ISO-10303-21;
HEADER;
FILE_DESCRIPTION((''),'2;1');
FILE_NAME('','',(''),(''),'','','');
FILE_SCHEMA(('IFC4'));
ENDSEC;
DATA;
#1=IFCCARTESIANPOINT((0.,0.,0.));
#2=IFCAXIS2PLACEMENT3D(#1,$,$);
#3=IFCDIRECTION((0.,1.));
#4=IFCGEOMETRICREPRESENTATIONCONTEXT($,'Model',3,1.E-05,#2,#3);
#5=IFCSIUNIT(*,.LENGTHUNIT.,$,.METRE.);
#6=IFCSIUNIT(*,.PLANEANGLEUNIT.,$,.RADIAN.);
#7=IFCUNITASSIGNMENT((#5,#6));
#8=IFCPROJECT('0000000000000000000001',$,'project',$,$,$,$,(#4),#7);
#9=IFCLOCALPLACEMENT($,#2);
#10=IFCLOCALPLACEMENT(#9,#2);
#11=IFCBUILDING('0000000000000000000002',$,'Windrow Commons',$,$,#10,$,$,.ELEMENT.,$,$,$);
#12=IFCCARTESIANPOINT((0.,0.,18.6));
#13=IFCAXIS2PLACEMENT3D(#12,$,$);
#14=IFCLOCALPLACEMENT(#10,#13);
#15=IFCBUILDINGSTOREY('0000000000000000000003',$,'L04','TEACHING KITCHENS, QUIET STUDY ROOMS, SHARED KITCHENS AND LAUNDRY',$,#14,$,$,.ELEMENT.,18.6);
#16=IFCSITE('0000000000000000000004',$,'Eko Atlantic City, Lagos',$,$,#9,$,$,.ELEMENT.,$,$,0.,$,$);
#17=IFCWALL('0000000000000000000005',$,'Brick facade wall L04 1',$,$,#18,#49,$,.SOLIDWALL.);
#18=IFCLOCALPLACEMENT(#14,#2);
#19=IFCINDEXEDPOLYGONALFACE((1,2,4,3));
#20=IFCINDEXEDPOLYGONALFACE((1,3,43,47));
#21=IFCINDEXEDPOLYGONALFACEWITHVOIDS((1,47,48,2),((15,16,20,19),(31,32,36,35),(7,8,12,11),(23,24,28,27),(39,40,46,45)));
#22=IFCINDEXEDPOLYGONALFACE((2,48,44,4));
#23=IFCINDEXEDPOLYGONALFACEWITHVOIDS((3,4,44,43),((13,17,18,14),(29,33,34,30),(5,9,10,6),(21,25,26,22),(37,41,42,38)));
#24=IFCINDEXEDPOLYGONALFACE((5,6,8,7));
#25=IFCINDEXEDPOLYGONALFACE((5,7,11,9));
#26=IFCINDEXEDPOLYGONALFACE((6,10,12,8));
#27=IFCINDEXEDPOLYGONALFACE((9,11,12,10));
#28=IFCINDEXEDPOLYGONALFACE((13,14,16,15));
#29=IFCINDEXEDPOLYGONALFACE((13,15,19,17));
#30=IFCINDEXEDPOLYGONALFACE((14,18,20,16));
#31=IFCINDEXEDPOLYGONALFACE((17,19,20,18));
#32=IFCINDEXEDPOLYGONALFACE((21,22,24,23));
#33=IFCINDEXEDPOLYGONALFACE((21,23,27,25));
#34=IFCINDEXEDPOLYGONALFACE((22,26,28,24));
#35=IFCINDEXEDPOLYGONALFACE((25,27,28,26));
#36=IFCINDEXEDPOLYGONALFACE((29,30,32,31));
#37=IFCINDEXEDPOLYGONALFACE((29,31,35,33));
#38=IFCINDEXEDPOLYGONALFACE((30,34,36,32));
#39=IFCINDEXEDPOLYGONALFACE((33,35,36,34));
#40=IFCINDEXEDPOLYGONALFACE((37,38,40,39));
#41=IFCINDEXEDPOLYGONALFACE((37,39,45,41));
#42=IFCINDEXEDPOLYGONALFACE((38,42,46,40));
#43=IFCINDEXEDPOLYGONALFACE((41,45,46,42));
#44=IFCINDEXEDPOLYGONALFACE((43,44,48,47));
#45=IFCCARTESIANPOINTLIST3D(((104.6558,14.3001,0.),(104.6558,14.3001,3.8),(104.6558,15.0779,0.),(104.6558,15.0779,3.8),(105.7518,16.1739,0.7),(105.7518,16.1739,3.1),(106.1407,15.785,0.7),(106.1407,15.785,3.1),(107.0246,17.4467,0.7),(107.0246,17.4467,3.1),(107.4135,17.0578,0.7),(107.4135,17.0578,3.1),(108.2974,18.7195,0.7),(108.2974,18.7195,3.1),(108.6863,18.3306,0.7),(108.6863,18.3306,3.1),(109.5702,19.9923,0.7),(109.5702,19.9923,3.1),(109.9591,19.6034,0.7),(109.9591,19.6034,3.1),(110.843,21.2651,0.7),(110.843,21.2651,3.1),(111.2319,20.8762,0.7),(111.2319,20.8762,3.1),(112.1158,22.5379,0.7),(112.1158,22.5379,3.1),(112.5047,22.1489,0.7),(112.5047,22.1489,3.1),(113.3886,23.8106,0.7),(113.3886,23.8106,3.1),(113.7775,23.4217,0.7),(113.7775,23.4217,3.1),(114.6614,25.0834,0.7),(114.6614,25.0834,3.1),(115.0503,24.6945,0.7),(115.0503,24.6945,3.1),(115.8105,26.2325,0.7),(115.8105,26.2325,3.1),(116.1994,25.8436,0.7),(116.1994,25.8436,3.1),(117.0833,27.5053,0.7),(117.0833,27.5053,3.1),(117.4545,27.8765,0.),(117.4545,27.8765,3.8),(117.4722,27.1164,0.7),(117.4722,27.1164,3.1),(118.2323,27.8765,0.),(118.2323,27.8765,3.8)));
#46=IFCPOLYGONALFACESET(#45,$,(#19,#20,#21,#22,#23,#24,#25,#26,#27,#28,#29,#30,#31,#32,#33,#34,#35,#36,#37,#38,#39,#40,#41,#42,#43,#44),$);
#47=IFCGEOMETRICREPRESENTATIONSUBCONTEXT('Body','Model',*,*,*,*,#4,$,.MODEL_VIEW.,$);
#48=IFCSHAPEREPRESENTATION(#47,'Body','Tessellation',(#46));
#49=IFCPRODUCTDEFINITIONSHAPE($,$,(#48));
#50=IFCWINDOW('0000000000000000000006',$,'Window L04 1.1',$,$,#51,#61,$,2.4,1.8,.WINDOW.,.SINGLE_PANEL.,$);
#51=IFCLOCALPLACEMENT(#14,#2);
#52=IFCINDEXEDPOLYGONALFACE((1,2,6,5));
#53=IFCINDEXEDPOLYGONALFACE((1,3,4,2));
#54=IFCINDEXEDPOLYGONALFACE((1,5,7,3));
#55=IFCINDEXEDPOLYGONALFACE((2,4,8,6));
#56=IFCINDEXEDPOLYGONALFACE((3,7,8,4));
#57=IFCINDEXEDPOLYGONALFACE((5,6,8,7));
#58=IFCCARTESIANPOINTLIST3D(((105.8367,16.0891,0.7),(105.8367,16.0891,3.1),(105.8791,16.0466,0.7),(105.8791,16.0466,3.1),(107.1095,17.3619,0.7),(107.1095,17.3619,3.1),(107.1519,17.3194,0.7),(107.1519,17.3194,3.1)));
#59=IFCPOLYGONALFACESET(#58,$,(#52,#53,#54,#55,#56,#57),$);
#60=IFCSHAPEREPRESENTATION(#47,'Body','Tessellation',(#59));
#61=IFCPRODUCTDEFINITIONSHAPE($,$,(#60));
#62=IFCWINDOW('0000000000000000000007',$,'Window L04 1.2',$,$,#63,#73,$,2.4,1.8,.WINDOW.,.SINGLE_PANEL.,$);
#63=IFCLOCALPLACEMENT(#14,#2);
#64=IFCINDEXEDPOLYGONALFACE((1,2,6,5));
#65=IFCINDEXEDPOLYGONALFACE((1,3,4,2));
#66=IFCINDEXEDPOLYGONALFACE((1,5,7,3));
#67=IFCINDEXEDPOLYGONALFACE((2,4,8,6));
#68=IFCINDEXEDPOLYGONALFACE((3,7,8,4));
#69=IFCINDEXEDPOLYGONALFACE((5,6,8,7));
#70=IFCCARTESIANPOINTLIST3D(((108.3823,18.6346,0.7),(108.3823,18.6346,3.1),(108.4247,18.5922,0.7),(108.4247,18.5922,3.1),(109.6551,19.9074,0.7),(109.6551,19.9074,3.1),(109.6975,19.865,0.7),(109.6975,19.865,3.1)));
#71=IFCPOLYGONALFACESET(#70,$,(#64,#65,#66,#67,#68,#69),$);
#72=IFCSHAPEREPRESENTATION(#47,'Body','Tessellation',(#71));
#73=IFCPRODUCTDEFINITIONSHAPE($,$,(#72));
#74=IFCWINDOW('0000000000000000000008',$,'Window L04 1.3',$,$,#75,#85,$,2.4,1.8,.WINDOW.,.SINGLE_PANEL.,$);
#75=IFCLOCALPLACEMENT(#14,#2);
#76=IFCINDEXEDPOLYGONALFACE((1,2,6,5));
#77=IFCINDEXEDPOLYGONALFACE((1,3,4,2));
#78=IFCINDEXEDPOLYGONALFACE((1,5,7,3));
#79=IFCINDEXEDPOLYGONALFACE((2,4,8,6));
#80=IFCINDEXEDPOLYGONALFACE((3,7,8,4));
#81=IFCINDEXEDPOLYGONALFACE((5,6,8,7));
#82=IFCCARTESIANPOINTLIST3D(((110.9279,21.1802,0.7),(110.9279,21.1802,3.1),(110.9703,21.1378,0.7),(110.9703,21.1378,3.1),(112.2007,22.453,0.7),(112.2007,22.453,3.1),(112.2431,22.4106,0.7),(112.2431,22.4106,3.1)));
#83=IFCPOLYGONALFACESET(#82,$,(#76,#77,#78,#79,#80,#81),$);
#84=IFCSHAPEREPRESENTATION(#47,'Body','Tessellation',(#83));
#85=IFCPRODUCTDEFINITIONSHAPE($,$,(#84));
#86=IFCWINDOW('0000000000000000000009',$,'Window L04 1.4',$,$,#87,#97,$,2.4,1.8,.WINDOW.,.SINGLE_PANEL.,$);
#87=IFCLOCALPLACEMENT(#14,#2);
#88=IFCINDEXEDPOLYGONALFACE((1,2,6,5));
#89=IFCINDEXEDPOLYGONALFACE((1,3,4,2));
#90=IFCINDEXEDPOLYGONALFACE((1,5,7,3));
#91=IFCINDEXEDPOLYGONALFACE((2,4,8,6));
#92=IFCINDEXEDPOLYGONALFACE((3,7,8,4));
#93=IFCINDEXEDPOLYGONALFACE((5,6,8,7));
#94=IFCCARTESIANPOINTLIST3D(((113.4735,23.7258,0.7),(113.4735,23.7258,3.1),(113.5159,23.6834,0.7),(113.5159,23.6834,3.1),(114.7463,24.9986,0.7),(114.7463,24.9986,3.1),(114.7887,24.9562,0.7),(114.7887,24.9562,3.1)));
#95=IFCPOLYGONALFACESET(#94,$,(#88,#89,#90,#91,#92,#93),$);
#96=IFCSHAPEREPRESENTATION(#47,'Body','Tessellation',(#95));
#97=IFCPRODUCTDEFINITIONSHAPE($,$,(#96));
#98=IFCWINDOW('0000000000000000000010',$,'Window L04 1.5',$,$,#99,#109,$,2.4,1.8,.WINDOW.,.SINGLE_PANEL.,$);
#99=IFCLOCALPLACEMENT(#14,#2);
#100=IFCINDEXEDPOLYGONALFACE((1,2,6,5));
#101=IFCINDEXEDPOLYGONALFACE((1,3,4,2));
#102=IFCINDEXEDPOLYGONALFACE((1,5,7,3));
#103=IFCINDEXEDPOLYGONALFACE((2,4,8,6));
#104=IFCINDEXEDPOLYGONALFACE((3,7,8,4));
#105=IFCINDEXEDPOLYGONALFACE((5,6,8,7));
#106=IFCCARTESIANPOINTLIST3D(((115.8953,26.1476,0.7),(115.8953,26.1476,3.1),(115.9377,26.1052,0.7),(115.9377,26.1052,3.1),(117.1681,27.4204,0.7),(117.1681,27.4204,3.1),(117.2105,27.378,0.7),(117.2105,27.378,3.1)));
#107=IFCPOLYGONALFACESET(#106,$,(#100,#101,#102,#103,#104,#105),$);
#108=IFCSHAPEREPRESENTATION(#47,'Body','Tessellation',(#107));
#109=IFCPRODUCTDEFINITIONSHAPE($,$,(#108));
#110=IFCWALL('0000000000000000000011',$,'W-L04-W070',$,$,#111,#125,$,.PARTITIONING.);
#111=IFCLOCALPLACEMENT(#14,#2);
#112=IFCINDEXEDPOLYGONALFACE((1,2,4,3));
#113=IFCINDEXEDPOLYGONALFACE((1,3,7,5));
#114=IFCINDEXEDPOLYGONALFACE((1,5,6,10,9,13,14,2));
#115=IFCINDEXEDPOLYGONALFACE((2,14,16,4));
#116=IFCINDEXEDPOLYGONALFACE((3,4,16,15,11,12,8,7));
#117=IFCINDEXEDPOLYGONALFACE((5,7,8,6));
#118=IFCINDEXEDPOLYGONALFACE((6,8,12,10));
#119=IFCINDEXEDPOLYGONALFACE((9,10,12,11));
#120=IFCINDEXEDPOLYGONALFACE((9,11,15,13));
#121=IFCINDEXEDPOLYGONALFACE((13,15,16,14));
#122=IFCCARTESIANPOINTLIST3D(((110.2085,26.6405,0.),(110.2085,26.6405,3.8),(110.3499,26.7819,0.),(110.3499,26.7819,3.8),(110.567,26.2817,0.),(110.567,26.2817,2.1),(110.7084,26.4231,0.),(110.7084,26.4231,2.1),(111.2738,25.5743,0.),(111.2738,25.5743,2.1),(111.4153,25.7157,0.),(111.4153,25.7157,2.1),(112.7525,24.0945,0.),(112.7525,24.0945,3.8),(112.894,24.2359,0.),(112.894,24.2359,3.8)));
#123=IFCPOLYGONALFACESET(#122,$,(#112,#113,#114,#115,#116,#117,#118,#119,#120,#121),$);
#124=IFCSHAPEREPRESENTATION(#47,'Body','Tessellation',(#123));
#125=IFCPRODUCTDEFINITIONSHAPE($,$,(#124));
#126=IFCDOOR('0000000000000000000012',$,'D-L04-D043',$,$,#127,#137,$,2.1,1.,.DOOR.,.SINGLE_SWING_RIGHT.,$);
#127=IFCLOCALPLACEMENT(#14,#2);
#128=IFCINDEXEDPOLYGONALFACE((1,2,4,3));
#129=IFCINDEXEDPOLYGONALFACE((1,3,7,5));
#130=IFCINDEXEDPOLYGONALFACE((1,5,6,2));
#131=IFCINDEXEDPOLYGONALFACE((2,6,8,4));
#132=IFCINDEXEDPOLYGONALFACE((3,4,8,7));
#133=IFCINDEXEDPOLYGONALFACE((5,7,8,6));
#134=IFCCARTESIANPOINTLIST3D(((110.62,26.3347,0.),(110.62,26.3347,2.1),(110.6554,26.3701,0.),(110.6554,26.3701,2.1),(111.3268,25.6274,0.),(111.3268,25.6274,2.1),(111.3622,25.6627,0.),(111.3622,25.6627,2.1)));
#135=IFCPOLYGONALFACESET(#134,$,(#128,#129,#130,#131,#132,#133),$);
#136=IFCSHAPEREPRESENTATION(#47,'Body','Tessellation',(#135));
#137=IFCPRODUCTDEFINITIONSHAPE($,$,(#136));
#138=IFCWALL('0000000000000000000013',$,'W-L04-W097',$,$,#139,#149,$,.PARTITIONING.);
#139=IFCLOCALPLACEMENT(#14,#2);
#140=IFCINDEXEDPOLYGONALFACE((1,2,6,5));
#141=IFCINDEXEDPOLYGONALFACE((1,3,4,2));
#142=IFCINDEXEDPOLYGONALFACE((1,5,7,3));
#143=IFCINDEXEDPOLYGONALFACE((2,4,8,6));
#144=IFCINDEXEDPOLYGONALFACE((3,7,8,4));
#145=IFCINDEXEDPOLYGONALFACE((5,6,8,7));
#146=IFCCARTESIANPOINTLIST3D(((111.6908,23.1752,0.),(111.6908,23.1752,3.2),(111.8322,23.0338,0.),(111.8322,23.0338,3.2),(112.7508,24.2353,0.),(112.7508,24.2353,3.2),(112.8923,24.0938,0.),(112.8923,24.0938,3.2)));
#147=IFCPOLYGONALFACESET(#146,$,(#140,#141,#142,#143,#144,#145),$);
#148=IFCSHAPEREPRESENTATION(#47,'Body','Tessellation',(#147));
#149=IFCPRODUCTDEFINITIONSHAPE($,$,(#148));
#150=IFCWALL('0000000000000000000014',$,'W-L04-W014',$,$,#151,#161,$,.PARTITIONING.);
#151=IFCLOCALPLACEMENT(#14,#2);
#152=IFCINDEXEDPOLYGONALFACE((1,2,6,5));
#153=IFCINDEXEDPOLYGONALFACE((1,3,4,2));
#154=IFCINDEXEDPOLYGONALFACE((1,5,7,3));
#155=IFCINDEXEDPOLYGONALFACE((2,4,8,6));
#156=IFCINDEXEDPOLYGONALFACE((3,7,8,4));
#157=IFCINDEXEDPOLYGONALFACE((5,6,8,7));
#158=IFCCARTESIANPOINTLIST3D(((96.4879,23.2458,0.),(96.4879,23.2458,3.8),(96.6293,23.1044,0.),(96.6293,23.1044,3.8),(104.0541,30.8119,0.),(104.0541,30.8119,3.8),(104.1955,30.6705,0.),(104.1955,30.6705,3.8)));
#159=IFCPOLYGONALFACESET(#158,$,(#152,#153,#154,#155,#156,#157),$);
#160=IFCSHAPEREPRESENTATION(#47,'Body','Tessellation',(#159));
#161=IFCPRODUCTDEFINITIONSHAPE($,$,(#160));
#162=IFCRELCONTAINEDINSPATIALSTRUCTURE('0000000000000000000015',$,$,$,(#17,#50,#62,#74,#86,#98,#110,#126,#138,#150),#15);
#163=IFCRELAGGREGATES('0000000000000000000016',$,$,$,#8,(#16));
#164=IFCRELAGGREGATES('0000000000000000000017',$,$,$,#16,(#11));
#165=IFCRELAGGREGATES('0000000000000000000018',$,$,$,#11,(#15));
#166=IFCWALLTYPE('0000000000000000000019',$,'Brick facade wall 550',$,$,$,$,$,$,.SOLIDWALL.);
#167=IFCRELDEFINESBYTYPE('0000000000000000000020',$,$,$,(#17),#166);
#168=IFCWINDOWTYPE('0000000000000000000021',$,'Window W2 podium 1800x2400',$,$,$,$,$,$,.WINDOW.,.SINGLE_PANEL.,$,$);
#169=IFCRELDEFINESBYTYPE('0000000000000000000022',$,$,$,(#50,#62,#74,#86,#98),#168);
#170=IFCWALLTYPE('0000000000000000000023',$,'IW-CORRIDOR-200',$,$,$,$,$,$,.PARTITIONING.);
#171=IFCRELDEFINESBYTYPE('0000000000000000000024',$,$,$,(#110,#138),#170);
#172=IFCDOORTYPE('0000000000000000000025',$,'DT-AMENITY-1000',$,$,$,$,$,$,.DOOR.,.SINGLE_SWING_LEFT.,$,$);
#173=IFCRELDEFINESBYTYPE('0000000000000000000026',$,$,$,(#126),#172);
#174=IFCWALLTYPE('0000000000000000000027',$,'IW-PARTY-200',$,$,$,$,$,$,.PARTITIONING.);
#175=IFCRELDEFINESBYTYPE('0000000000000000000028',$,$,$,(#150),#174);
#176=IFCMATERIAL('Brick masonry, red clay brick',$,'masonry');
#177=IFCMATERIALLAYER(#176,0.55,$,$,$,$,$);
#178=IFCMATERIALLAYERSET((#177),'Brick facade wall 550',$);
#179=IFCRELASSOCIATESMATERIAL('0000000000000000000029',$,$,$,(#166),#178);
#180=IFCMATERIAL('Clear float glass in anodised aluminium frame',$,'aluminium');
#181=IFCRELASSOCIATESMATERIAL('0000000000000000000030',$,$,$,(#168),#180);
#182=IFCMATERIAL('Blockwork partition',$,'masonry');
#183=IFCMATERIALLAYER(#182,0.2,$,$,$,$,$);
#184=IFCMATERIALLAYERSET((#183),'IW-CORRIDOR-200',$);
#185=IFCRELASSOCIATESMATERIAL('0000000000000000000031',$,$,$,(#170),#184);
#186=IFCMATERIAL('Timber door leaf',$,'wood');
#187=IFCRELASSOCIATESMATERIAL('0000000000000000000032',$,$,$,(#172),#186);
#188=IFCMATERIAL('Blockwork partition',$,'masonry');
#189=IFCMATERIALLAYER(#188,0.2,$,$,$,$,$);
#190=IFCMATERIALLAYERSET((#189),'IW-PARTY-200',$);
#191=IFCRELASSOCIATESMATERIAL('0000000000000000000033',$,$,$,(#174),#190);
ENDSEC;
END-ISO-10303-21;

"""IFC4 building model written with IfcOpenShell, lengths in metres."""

from ifc_helpers import new_model, si_unit, direction, frame, frame_2d, origin, place, context, subcontext, project, spatial, polyline, rectangle, outline, extrude, material, layer, layer_set, type_object, element, fill, save


model = new_model("IFC4")

# Units and contexts
model_context = context("Model", 3, precision=1e-05, world=origin(), true_north=direction((0.0, 1.0)))
body_context = subcontext(model_context, "Body", "Model", "MODEL_VIEW")
ifc_project = project(units=[si_unit("LENGTHUNIT", "METRE"), si_unit("PLANEANGLEUNIT", "RADIAN")], contexts=[model_context])

# Site, building, storey
site_placement = place(None, origin())
site = spatial("IfcSite", under=ifc_project, at=site_placement, Name="Eko Atlantic City, Lagos", CompositionType="ELEMENT", RefElevation=0.0)
building_placement = place(site_placement, origin())
building = spatial("IfcBuilding", under=site, at=building_placement, Name="Windrow Commons", CompositionType="ELEMENT")
storey_placement = place(building_placement, frame((0.0, 0.0, 18.6)))
storey = spatial("IfcBuildingStorey", under=building, at=storey_placement, Name="L04", Description="TEACHING KITCHENS, QUIET STUDY ROOMS, SHARED KITCHENS AND LAUNDRY", CompositionType="ELEMENT", Elevation=18.6)

# Wall, openings, windows
ifc_material_1 = material(Name="Brick masonry, red clay brick", Category="masonry")
ifc_layer_1 = layer(ifc_material_1, 0.55)
ifc_layer_set_1 = layer_set([ifc_layer_1], Name="Brick facade wall 550")
wall_type_1 = type_object("IfcWallType", Name="Brick facade wall 550", PredefinedType="SOLIDWALL", material=ifc_layer_set_1)
wall_1_placement = place(storey_placement, frame((104.6558, 14.689, 0.0), z_axis=(0.0, 0.0, 1.0), x_axis=(0.707109, 0.707104, 0.0)))
wall_1 = element("IfcWall", 1, at=wall_1_placement, inside=storey, type_object=wall_type_1, Name="Brick facade wall L04 1", PredefinedType="SOLIDWALL", context=body_context, shape_type="SweptSolid", body=[
    extrude(outline(polyline([(-0.275, -0.275), (18.925, -0.275), (18.375, 0.275), (0.275, 0.275), (-0.275, -0.275)])), origin(), (0.0, 0.0, 1.0), 3.8),
])
opening_1_placement = place(wall_1_placement, frame((1.825, 0.0, 0.7)))
opening_1 = element("IfcOpeningElement", 2, at=opening_1_placement, cuts=wall_1, PredefinedType="OPENING", context=body_context, shape_type="SweptSolid", body=[
    extrude(rectangle(XDim=1.8, YDim=2.4, at=frame_2d((0.9, 1.2))), frame((0.0, 0.285, 0.0), z_axis=(0.0, -1.0, 0.0), x_axis=(1.0, 0.0, 0.0)), (0.0, 0.0, 1.0), 0.57),
])
opening_2_placement = place(wall_1_placement, frame((5.425, 0.0, 0.7)))
opening_2 = element("IfcOpeningElement", 3, at=opening_2_placement, cuts=wall_1, PredefinedType="OPENING", context=body_context, shape_type="SweptSolid", body=[
    extrude(rectangle(XDim=1.8, YDim=2.4, at=frame_2d((0.9, 1.2))), frame((0.0, 0.285, 0.0), z_axis=(0.0, -1.0, 0.0), x_axis=(1.0, 0.0, 0.0)), (0.0, 0.0, 1.0), 0.57),
])
opening_3_placement = place(wall_1_placement, frame((9.025, 0.0, 0.7)))
opening_3 = element("IfcOpeningElement", 4, at=opening_3_placement, cuts=wall_1, PredefinedType="OPENING", context=body_context, shape_type="SweptSolid", body=[
    extrude(rectangle(XDim=1.8, YDim=2.4, at=frame_2d((0.9, 1.2))), frame((0.0, 0.285, 0.0), z_axis=(0.0, -1.0, 0.0), x_axis=(1.0, 0.0, 0.0)), (0.0, 0.0, 1.0), 0.57),
])
opening_4_placement = place(wall_1_placement, frame((12.625, 0.0, 0.7)))
opening_4 = element("IfcOpeningElement", 5, at=opening_4_placement, cuts=wall_1, PredefinedType="OPENING", context=body_context, shape_type="SweptSolid", body=[
    extrude(rectangle(XDim=1.8, YDim=2.4, at=frame_2d((0.9, 1.2))), frame((0.0, 0.285, 0.0), z_axis=(0.0, -1.0, 0.0), x_axis=(1.0, 0.0, 0.0)), (0.0, 0.0, 1.0), 0.57),
])
opening_5_placement = place(wall_1_placement, frame((16.05, 0.0, 0.7)))
opening_5 = element("IfcOpeningElement", 6, at=opening_5_placement, cuts=wall_1, PredefinedType="OPENING", context=body_context, shape_type="SweptSolid", body=[
    extrude(rectangle(XDim=1.8, YDim=2.4, at=frame_2d((0.9, 1.2))), frame((0.0, 0.285, 0.0), z_axis=(0.0, -1.0, 0.0), x_axis=(1.0, 0.0, 0.0)), (0.0, 0.0, 1.0), 0.57),
])
ifc_material_2 = material(Name="Clear float glass in anodised aluminium frame", Category="aluminium")
window_type = type_object("IfcWindowType", Name="Window W2 podium 1800x2400", PartitioningType="SINGLE_PANEL", PredefinedType="WINDOW", material=ifc_material_2)
window_1_placement = place(opening_1_placement, origin())
window_1 = element("IfcWindow", 7, at=window_1_placement, inside=storey, type_object=window_type, Name="Window L04 1.1", OverallHeight=2.4, OverallWidth=1.8, PartitioningType="SINGLE_PANEL", PredefinedType="WINDOW", context=body_context, shape_type="SweptSolid", body=[
    extrude(rectangle(XDim=1.8, YDim=2.4, at=frame_2d((0.9, 1.2))), frame((0.0, 0.155, 0.0), z_axis=(0.0, -1.0, 0.0), x_axis=(1.0, 0.0, 0.0)), (0.0, 0.0, 1.0), 0.06),
])
fill(opening_1, window_1)
window_2_placement = place(opening_2_placement, origin())
window_2 = element("IfcWindow", 8, at=window_2_placement, inside=storey, type_object=window_type, Name="Window L04 1.2", OverallHeight=2.4, OverallWidth=1.8, PartitioningType="SINGLE_PANEL", PredefinedType="WINDOW", context=body_context, shape_type="SweptSolid", body=[
    extrude(rectangle(XDim=1.8, YDim=2.4, at=frame_2d((0.9, 1.2))), frame((0.0, 0.155, 0.0), z_axis=(0.0, -1.0, 0.0), x_axis=(1.0, 0.0, 0.0)), (0.0, 0.0, 1.0), 0.06),
])
fill(opening_2, window_2)
window_3_placement = place(opening_3_placement, origin())
window_3 = element("IfcWindow", 9, at=window_3_placement, inside=storey, type_object=window_type, Name="Window L04 1.3", OverallHeight=2.4, OverallWidth=1.8, PartitioningType="SINGLE_PANEL", PredefinedType="WINDOW", context=body_context, shape_type="SweptSolid", body=[
    extrude(rectangle(XDim=1.8, YDim=2.4, at=frame_2d((0.9, 1.2))), frame((0.0, 0.155, 0.0), z_axis=(0.0, -1.0, 0.0), x_axis=(1.0, 0.0, 0.0)), (0.0, 0.0, 1.0), 0.06),
])
fill(opening_3, window_3)
window_4_placement = place(opening_4_placement, origin())
window_4 = element("IfcWindow", 10, at=window_4_placement, inside=storey, type_object=window_type, Name="Window L04 1.4", OverallHeight=2.4, OverallWidth=1.8, PartitioningType="SINGLE_PANEL", PredefinedType="WINDOW", context=body_context, shape_type="SweptSolid", body=[
    extrude(rectangle(XDim=1.8, YDim=2.4, at=frame_2d((0.9, 1.2))), frame((0.0, 0.155, 0.0), z_axis=(0.0, -1.0, 0.0), x_axis=(1.0, 0.0, 0.0)), (0.0, 0.0, 1.0), 0.06),
])
fill(opening_4, window_4)
window_5_placement = place(opening_5_placement, origin())
window_5 = element("IfcWindow", 11, at=window_5_placement, inside=storey, type_object=window_type, Name="Window L04 1.5", OverallHeight=2.4, OverallWidth=1.8, PartitioningType="SINGLE_PANEL", PredefinedType="WINDOW", context=body_context, shape_type="SweptSolid", body=[
    extrude(rectangle(XDim=1.8, YDim=2.4, at=frame_2d((0.9, 1.2))), frame((0.0, 0.155, 0.0), z_axis=(0.0, -1.0, 0.0), x_axis=(1.0, 0.0, 0.0)), (0.0, 0.0, 1.0), 0.06),
])
fill(opening_5, window_5)

# Wall, opening, door
ifc_material_3 = material(Name="Blockwork partition", Category="masonry")
ifc_layer_2 = layer(ifc_material_3, 0.2)
ifc_layer_set_2 = layer_set([ifc_layer_2], Name="IW-CORRIDOR-200")
wall_type_2 = type_object("IfcWallType", Name="IW-CORRIDOR-200", PredefinedType="PARTITIONING", material=ifc_layer_set_2)
wall_2_placement = place(storey_placement, frame((110.2792, 26.7112, 0.0), z_axis=(0.0, 0.0, 1.0), x_axis=(0.706829, -0.707385, 0.0)))
wall_2 = element("IfcWall", 12, at=wall_2_placement, inside=storey, type_object=wall_type_2, Name="W-L04-W070", PredefinedType="PARTITIONING", context=body_context, shape_type="SweptSolid", body=[
    extrude(rectangle(XDim=3.5992, YDim=0.2, at=frame_2d((1.7996, 0.0))), origin(), (0.0, 0.0, 1.0), 3.8),
])
opening_6_placement = place(wall_2_placement, frame((0.5072, 0.0, 0.0)))
opening_6 = element("IfcOpeningElement", 13, at=opening_6_placement, cuts=wall_2, PredefinedType="OPENING", context=body_context, shape_type="SweptSolid", body=[
    extrude(rectangle(XDim=1.0, YDim=2.1, at=frame_2d((0.5, 1.05))), frame((0.0, 0.11, 0.0), z_axis=(0.0, -1.0, 0.0), x_axis=(1.0, 0.0, 0.0)), (0.0, 0.0, 1.0), 0.22),
])
ifc_material_4 = material(Name="Timber door leaf", Category="wood")
door_type = type_object("IfcDoorType", Name="DT-AMENITY-1000", OperationType="SINGLE_SWING_LEFT", PredefinedType="DOOR", material=ifc_material_4)
door_placement = place(opening_6_placement, origin())
door = element("IfcDoor", 14, at=door_placement, inside=storey, type_object=door_type, Name="D-L04-D043", OperationType="SINGLE_SWING_RIGHT", OverallHeight=2.1, OverallWidth=1.0, PredefinedType="DOOR", context=body_context, shape_type="SweptSolid", body=[
    extrude(rectangle(XDim=1.0, YDim=2.1, at=frame_2d((0.5, 1.05))), frame((0.0, 0.025, 0.0), z_axis=(0.0, -1.0, 0.0), x_axis=(1.0, 0.0, 0.0)), (0.0, 0.0, 1.0), 0.05),
])
fill(opening_6, door)

# Walls
wall_3_placement = place(storey_placement, frame((111.7615, 23.1045, 0.0), z_axis=(0.0, 0.0, 1.0), x_axis=(0.707107, 0.707107, 0.0)))
element("IfcWall", 15, at=wall_3_placement, inside=storey, type_object=wall_type_2, Name="W-L04-W097", PredefinedType="PARTITIONING", context=body_context, shape_type="SweptSolid", body=[
    extrude(rectangle(XDim=1.4991, YDim=0.2, at=frame_2d((0.7496, 0.0))), origin(), (0.0, 0.0, 1.0), 3.2),
])
ifc_material_5 = material(Name="Blockwork partition", Category="masonry")
ifc_layer_3 = layer(ifc_material_5, 0.2)
ifc_layer_set_3 = layer_set([ifc_layer_3], Name="IW-PARTY-200")
wall_type_3 = type_object("IfcWallType", Name="IW-PARTY-200", PredefinedType="PARTITIONING", material=ifc_layer_set_3)
wall_4_placement = place(storey_placement, frame((96.5586, 23.1751, 0.0), z_axis=(0.0, 0.0, 1.0), x_axis=(0.707111, 0.707102, 0.0)))
element("IfcWall", 16, at=wall_4_placement, inside=storey, type_object=wall_type_3, Name="W-L04-W014", PredefinedType="PARTITIONING", context=body_context, shape_type="SweptSolid", body=[
    extrude(rectangle(XDim=10.7002, YDim=0.2, at=frame_2d((5.3501, 0.0))), origin(), (0.0, 0.0, 1.0), 3.8),
])

save(model, "model.ifc")
